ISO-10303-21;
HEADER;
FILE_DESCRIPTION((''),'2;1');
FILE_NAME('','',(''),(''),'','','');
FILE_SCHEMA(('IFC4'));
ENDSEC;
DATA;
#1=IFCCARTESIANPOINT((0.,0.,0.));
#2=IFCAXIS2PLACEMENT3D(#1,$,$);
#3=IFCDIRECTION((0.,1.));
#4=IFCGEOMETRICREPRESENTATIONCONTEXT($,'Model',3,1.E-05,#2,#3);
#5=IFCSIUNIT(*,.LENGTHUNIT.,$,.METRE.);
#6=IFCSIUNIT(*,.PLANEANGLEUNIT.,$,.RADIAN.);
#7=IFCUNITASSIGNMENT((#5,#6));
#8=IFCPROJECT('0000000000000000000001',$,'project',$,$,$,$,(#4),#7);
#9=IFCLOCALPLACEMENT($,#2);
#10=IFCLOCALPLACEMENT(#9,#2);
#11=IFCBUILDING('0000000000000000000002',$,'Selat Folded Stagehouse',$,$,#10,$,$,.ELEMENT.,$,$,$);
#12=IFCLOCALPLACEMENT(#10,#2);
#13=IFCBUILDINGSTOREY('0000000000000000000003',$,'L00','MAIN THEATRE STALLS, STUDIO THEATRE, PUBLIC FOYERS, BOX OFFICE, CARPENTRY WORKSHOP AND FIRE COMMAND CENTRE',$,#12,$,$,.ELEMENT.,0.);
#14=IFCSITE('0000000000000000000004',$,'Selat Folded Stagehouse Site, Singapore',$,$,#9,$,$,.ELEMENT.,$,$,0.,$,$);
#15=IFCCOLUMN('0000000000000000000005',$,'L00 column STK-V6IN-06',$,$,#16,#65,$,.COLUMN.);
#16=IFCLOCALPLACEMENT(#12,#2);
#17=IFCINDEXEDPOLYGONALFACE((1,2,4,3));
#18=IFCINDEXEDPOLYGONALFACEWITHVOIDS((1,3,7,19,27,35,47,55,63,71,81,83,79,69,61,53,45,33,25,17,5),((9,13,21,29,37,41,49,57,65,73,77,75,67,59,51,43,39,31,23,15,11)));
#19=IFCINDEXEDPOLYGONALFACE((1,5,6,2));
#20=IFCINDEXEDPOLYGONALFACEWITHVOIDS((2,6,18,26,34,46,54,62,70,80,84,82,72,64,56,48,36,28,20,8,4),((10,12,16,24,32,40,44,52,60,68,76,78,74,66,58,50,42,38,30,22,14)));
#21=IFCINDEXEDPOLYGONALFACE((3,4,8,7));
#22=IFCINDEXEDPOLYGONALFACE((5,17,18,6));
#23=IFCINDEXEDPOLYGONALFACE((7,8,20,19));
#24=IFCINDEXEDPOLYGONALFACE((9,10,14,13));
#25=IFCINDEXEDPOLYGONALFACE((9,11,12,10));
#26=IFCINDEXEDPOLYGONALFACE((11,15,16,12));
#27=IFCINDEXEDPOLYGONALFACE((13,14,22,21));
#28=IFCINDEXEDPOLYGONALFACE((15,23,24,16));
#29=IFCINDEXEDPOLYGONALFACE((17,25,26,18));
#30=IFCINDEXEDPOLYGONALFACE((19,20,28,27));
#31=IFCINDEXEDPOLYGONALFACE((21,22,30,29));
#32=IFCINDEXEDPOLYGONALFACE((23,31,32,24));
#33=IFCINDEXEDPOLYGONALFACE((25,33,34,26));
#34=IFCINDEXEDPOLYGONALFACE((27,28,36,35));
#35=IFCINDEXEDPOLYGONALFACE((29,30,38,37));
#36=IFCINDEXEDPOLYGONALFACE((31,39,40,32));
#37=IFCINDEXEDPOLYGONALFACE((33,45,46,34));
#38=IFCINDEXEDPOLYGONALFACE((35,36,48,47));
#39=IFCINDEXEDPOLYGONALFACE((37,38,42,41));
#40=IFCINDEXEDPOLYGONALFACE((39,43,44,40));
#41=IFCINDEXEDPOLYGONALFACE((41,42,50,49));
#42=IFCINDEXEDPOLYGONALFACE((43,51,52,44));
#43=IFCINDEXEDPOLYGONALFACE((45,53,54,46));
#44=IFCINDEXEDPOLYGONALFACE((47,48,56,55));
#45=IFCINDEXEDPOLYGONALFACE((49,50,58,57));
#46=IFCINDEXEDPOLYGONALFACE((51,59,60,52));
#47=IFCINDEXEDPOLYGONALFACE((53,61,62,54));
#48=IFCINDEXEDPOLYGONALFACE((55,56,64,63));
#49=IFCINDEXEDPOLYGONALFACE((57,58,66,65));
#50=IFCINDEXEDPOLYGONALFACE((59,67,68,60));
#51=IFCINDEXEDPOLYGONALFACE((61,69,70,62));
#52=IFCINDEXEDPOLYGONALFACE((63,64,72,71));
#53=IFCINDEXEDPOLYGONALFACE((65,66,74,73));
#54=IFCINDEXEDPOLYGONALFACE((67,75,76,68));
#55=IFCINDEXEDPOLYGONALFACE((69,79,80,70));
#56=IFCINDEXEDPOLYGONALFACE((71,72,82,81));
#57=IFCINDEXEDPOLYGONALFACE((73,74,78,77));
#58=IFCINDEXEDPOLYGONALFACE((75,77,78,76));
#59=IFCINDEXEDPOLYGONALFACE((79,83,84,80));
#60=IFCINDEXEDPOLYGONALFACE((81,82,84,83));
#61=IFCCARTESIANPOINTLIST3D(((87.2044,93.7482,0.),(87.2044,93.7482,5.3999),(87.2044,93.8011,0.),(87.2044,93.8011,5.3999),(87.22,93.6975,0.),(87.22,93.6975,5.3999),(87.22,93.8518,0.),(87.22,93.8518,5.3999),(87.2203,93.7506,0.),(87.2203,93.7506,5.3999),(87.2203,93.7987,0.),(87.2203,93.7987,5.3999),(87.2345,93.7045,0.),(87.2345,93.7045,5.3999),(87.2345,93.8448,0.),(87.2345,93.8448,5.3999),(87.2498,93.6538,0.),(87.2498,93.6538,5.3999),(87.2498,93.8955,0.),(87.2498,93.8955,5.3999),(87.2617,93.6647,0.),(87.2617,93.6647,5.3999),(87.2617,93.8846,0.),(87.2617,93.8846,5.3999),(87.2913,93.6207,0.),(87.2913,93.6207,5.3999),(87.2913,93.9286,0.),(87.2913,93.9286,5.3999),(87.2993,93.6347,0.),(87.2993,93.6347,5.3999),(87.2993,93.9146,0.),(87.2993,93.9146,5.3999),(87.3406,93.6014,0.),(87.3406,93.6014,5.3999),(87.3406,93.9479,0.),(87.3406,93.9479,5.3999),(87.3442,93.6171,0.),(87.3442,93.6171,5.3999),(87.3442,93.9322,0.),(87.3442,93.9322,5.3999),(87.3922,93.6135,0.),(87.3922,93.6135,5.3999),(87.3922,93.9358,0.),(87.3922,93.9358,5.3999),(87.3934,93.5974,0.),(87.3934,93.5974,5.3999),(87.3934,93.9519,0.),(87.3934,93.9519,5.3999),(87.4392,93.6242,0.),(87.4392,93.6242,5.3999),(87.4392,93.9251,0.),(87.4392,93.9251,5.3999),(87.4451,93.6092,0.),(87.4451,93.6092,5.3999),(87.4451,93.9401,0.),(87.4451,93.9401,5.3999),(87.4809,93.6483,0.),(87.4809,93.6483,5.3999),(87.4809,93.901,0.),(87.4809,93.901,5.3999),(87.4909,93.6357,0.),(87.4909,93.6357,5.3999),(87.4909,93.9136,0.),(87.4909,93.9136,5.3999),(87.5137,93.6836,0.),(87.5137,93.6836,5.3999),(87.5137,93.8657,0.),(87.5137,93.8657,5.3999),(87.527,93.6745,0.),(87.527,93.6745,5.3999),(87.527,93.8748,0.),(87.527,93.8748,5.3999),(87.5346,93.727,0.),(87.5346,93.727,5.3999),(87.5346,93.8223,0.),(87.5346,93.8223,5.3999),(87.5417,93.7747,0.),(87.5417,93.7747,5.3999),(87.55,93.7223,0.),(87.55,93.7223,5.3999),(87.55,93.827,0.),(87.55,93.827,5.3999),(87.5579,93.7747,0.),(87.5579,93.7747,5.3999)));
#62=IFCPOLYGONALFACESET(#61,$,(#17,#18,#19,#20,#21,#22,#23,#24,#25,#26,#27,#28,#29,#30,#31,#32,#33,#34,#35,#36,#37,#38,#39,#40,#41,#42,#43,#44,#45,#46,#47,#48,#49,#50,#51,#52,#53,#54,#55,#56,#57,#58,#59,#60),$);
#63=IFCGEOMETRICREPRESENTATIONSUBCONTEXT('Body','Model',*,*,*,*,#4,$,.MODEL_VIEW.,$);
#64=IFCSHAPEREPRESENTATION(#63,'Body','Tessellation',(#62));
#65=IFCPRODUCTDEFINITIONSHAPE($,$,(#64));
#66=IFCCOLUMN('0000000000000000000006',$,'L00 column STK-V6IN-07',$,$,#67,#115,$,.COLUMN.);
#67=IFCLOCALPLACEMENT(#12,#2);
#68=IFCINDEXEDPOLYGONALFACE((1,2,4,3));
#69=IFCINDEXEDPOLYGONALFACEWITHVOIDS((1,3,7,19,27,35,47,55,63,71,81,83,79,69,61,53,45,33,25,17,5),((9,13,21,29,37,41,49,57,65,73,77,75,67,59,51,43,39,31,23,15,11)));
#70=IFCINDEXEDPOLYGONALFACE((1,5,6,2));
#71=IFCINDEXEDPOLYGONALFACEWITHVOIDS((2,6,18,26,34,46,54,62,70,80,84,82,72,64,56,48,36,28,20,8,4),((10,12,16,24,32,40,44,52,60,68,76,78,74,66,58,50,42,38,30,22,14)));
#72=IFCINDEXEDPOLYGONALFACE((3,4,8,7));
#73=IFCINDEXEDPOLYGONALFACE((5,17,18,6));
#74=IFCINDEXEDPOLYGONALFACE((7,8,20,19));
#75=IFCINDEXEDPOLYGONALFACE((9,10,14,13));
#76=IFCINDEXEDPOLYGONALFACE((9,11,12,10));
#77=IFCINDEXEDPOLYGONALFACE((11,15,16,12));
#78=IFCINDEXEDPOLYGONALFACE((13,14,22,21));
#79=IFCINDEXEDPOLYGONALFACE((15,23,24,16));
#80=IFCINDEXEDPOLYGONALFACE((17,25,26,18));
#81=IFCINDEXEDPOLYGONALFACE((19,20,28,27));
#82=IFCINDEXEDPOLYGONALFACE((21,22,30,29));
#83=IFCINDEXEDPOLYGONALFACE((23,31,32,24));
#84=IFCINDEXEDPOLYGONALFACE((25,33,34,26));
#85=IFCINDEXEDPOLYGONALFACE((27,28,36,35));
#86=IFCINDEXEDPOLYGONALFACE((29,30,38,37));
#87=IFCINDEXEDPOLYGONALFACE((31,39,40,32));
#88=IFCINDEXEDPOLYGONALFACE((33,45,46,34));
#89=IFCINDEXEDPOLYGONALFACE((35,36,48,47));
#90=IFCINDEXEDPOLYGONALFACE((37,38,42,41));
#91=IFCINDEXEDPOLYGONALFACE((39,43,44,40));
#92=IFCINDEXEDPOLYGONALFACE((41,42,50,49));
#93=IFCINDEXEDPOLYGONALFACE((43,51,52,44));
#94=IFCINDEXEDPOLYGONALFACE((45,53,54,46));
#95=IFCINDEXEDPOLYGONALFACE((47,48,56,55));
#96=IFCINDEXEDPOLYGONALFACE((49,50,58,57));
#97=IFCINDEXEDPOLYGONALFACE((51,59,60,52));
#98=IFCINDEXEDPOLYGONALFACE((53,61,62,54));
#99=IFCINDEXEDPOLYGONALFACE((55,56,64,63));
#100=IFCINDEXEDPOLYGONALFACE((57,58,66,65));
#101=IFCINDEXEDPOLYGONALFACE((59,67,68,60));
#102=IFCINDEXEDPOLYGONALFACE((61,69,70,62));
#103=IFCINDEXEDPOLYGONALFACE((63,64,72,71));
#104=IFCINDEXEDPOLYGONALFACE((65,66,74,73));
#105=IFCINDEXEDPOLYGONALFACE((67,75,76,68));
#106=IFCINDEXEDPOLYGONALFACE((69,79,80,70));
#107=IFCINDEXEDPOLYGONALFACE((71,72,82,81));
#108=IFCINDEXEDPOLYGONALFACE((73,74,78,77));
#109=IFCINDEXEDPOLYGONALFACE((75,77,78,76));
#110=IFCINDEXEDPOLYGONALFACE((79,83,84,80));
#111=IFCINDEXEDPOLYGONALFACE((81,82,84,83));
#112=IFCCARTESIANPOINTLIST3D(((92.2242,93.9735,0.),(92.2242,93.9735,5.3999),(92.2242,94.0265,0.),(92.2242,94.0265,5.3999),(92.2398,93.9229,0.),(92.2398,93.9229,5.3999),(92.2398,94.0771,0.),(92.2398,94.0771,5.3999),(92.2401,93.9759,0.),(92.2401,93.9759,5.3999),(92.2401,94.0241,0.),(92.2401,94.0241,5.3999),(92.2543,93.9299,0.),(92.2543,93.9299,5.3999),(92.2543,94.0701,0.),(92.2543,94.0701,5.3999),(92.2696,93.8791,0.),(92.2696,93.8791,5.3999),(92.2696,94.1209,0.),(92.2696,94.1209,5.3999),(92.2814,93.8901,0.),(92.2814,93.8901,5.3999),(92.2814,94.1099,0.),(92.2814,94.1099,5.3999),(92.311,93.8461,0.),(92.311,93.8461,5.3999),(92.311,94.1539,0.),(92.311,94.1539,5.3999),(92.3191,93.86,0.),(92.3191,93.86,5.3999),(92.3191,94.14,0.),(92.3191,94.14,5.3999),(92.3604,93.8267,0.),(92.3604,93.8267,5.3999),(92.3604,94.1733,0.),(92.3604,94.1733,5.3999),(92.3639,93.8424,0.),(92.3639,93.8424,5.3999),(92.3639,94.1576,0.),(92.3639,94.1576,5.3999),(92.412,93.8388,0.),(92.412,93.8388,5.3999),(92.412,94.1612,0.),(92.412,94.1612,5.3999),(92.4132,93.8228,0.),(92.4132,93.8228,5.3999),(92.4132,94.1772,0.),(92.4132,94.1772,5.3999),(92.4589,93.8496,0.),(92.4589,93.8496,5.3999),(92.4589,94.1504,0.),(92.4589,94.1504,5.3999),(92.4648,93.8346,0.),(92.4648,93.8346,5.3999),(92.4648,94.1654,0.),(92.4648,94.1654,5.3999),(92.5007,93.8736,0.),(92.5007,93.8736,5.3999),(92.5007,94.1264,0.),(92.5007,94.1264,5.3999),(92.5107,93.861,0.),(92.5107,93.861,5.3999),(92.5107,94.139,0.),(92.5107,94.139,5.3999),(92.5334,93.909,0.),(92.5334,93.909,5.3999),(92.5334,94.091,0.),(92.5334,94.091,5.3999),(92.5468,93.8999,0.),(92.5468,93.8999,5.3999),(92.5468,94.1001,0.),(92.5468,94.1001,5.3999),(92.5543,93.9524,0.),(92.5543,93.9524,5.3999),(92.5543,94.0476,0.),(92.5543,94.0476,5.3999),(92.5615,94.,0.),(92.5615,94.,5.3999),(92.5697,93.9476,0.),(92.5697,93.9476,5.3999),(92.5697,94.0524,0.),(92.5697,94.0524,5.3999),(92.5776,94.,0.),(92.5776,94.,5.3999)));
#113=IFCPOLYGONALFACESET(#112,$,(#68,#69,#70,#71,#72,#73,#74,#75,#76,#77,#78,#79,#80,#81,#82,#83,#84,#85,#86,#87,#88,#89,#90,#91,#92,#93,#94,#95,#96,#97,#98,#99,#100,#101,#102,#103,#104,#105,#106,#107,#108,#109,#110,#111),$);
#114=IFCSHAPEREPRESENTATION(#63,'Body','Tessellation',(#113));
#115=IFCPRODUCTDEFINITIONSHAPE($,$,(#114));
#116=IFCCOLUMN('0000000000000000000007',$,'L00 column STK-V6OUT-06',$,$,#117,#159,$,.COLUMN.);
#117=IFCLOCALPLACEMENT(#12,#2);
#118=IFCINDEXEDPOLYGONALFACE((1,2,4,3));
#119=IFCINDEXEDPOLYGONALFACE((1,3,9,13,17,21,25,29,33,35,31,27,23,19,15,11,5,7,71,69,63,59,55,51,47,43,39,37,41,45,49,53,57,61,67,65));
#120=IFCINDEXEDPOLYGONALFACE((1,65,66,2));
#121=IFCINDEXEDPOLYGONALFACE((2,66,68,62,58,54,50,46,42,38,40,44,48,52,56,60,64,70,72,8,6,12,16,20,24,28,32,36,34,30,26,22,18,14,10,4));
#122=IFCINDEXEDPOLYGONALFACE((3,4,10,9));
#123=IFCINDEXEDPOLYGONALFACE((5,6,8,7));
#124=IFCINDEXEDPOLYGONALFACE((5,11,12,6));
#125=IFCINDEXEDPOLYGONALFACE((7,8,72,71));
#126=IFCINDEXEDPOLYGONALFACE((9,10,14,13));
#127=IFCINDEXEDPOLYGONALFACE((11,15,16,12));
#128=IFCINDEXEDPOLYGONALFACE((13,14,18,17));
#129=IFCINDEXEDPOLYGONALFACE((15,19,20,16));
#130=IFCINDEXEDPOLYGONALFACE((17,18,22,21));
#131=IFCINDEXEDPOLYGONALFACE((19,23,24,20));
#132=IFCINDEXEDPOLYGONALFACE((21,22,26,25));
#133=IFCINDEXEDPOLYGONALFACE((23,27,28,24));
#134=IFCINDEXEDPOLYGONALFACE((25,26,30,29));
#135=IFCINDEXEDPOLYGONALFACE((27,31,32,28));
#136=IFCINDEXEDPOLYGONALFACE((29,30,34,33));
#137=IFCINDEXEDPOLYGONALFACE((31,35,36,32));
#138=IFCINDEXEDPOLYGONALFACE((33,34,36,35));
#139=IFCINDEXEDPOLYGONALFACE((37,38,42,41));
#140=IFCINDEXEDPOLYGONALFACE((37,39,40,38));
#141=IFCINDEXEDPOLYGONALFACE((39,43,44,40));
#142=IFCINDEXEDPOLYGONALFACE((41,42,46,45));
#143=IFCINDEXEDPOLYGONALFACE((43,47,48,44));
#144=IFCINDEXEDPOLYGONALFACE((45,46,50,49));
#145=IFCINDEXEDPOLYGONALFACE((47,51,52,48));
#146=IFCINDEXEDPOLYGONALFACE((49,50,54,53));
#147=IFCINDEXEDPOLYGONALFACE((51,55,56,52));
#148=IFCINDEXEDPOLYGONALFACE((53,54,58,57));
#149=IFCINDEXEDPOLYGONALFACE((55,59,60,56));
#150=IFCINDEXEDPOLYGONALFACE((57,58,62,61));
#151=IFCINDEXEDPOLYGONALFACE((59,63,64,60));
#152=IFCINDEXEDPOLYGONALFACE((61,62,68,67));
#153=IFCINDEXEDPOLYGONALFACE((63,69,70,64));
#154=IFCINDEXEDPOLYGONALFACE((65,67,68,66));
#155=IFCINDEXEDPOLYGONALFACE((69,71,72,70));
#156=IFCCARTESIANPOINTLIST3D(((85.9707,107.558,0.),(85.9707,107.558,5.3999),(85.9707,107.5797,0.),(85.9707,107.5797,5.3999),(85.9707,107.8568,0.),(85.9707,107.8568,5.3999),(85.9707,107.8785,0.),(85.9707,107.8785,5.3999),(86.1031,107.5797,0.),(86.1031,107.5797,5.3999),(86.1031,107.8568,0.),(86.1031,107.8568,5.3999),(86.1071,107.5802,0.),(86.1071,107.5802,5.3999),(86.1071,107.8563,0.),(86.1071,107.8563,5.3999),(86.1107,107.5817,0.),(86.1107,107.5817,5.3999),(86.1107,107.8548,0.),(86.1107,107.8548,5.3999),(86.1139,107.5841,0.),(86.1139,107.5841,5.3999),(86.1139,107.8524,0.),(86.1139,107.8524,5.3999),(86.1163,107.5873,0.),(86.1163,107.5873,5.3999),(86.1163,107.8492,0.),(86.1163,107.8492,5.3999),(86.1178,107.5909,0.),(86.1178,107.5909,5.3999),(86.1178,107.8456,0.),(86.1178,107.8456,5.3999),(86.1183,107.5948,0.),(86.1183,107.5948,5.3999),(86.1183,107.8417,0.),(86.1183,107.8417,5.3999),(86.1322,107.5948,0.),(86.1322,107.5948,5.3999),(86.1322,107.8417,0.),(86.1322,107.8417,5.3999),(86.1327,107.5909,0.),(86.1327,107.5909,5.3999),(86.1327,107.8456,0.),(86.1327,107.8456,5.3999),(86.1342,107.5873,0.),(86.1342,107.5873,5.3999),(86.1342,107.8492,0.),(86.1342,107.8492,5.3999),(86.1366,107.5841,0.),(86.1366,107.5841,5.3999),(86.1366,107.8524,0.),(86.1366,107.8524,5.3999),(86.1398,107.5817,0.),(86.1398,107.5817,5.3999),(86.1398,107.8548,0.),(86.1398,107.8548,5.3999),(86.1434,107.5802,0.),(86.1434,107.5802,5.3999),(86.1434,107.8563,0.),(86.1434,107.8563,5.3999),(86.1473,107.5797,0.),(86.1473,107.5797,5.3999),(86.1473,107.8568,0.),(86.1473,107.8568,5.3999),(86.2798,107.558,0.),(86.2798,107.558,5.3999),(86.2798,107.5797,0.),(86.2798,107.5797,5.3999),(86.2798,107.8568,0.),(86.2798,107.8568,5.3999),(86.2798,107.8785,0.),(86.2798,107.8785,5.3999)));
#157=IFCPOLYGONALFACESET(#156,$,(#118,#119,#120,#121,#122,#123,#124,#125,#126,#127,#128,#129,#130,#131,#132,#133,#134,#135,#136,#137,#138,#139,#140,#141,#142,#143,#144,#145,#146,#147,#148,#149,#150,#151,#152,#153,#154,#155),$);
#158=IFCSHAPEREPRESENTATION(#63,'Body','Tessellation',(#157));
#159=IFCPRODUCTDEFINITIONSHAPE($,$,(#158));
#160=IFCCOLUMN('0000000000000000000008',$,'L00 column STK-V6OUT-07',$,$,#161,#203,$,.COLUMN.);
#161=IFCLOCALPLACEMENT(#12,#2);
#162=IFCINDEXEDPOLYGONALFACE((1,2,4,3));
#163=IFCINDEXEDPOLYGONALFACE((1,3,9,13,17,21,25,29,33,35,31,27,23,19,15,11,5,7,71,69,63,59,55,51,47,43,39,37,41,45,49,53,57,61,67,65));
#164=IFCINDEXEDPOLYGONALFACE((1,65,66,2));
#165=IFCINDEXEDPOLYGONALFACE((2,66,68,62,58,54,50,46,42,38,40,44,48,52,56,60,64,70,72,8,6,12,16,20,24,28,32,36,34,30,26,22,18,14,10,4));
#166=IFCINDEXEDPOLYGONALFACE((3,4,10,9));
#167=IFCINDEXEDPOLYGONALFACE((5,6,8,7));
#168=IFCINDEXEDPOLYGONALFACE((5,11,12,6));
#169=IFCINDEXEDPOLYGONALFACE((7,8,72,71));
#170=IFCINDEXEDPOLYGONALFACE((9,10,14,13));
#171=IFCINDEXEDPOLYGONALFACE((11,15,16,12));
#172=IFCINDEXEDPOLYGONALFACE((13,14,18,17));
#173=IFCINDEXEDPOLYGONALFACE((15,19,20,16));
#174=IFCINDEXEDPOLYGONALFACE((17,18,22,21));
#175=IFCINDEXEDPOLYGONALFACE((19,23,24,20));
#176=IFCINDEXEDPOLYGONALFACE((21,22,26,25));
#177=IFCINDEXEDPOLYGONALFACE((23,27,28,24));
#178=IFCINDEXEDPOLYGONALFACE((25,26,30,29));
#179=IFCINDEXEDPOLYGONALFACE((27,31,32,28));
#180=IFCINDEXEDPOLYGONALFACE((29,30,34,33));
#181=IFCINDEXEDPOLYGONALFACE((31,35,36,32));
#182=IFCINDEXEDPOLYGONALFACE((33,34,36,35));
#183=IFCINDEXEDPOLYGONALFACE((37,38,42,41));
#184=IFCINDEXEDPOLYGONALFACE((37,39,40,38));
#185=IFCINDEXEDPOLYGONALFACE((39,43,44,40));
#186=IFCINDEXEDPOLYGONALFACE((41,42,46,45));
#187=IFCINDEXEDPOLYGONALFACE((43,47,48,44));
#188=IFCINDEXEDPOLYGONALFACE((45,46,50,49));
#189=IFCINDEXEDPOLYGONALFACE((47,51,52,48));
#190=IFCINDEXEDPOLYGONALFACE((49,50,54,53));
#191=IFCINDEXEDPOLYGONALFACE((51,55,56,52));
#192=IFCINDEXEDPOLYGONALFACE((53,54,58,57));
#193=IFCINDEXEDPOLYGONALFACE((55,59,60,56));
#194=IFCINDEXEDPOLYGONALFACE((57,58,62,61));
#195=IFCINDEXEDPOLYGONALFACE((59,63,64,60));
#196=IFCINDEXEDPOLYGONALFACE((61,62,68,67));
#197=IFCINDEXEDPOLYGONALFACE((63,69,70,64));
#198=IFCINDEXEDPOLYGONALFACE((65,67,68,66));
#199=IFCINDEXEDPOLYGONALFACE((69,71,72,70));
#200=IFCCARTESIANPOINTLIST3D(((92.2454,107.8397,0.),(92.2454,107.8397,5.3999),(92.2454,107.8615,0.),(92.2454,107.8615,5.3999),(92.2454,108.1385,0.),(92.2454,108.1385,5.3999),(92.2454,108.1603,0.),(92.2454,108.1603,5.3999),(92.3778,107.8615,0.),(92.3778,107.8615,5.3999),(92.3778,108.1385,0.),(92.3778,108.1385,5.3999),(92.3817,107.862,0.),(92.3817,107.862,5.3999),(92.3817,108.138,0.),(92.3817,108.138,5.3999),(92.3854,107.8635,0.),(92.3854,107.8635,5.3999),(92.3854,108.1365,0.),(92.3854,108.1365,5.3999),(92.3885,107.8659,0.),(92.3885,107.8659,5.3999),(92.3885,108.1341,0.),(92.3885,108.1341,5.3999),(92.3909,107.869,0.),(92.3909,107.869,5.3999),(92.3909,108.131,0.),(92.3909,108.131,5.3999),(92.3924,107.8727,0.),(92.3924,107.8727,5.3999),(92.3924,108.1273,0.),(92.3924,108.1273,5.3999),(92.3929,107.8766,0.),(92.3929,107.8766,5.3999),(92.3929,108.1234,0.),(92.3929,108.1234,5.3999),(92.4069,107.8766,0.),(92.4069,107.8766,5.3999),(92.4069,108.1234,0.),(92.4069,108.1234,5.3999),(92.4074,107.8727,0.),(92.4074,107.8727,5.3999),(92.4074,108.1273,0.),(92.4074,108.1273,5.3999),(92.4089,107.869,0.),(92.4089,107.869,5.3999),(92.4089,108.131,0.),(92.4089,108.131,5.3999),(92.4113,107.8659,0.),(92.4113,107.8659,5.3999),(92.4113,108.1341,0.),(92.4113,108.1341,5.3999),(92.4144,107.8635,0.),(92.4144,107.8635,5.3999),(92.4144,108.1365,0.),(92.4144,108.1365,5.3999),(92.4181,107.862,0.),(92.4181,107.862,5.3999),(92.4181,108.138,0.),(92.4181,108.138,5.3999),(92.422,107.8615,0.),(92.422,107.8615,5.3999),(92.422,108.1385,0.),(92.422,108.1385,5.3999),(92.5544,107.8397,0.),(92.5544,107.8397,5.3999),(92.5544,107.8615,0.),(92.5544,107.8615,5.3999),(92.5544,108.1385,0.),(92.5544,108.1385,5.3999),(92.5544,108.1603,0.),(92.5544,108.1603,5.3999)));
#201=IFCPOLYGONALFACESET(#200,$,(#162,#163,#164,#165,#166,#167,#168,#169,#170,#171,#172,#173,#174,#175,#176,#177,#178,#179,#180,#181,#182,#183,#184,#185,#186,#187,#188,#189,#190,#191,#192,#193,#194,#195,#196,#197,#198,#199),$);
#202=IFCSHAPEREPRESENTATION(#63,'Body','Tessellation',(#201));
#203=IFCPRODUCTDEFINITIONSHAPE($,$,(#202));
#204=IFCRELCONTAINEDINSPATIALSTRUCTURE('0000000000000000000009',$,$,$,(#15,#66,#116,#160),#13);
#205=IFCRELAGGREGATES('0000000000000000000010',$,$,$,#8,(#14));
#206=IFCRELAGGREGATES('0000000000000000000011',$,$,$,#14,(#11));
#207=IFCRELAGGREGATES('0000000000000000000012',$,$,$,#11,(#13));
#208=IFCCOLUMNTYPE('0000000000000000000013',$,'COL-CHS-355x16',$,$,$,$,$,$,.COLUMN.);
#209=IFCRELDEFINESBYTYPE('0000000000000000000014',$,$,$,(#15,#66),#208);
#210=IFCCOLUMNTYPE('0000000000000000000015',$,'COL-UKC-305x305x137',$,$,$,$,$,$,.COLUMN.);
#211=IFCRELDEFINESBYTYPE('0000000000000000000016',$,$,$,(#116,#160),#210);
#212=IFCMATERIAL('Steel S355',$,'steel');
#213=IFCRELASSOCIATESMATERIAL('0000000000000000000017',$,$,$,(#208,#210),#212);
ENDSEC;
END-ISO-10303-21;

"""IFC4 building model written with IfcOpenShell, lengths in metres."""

from ifc_helpers import new_model, si_unit, direction, frame, origin, origin_2d, place, context, subcontext, project, spatial, hollow_circle, i_section, extrude, material, material_profile, profile_set, type_object, element, save


model = new_model("IFC4")

# Units and contexts
model_context = context("Model", 3, precision=1e-05, world=origin(), true_north=direction((0.0, 1.0)))
body_context = subcontext(model_context, "Body", "Model", "MODEL_VIEW")
ifc_project = project(units=[si_unit("LENGTHUNIT", "METRE"), si_unit("PLANEANGLEUNIT", "RADIAN")], contexts=[model_context])

# Site, building, storey
site_placement = place(None, origin())
site = spatial("IfcSite", under=ifc_project, at=site_placement, Name="Selat Folded Stagehouse Site, Singapore", CompositionType="ELEMENT", RefElevation=0.0)
building_placement = place(site_placement, origin())
building = spatial("IfcBuilding", under=site, at=building_placement, Name="Selat Folded Stagehouse", CompositionType="ELEMENT")
storey_placement = place(building_placement, origin())
storey = spatial("IfcBuildingStorey", under=building, at=storey_placement, Name="L00", Description="MAIN THEATRE STALLS, STUDIO THEATRE, PUBLIC FOYERS, BOX OFFICE, CARPENTRY WORKSHOP AND FIRE COMMAND CENTRE", CompositionType="ELEMENT", Elevation=0.0)

# Columns
ifc_material_1 = material(Name="Steel S355", Category="steel")
ifc_material_profile_1 = material_profile(ifc_material_1, hollow_circle(Radius=0.1777, WallThickness=0.0161, at=origin_2d()), Name="CHS 355.6x16.0")
ifc_profile_set_1 = profile_set([ifc_material_profile_1], Name="Steel S355")
column_type_1 = type_object("IfcColumnType", Name="COL-CHS-355x16", PredefinedType="COLUMN", material=ifc_profile_set_1)
for number, where, z_axis, x_axis, name in (
    (1, (87.3801, 93.7747, 0.0), (0.0, 0.0, 1.0), (1.0, 0.0, 0.0), "L00 column STK-V6IN-06"),
    (2, (92.3999, 94.0, 0.0), (0.0, 0.0, 1.0), (1.0, 0.0, 0.0), "L00 column STK-V6IN-07"),
):
    element("IfcColumn", number, at=place(storey_placement, frame(where, z_axis=z_axis, x_axis=x_axis)), inside=storey, type_object=column_type_1, Name=name, PredefinedType="COLUMN", context=body_context, shape_type="SweptSolid", body=[
        extrude(hollow_circle(Radius=0.1777, WallThickness=0.0161, at=origin_2d()), origin(), (0.0, 0.0, 1.0), 5.3999),
    ])
ifc_material_profile_2 = material_profile(ifc_material_1, i_section(OverallWidth=0.3091, OverallDepth=0.3206, WebThickness=0.0139, FlangeThickness=0.0217, FilletRadius=0.0151, at=origin_2d()), Name="UKC 305x305x137")
ifc_profile_set_2 = profile_set([ifc_material_profile_2], Name="Steel S355")
column_type_2 = type_object("IfcColumnType", Name="COL-UKC-305x305x137", PredefinedType="COLUMN", material=ifc_profile_set_2)
for number, where, z_axis, x_axis, name in (
    (3, (86.1252, 107.7183, 0.0), (0.0, 0.0, 1.0), (1.0, 0.0, 0.0), "L00 column STK-V6OUT-06"),
    (4, (92.3999, 108.0, 0.0), (0.0, 0.0, 1.0), (1.0, 0.0, 0.0), "L00 column STK-V6OUT-07"),
):
    element("IfcColumn", number, at=place(storey_placement, frame(where, z_axis=z_axis, x_axis=x_axis)), inside=storey, type_object=column_type_2, Name=name, PredefinedType="COLUMN", context=body_context, shape_type="SweptSolid", body=[
        extrude(i_section(OverallWidth=0.3091, OverallDepth=0.3206, WebThickness=0.0139, FlangeThickness=0.0217, FilletRadius=0.0151, at=origin_2d()), origin(), (0.0, 0.0, 1.0), 5.3999),
    ])

save(model, "model.ifc")
